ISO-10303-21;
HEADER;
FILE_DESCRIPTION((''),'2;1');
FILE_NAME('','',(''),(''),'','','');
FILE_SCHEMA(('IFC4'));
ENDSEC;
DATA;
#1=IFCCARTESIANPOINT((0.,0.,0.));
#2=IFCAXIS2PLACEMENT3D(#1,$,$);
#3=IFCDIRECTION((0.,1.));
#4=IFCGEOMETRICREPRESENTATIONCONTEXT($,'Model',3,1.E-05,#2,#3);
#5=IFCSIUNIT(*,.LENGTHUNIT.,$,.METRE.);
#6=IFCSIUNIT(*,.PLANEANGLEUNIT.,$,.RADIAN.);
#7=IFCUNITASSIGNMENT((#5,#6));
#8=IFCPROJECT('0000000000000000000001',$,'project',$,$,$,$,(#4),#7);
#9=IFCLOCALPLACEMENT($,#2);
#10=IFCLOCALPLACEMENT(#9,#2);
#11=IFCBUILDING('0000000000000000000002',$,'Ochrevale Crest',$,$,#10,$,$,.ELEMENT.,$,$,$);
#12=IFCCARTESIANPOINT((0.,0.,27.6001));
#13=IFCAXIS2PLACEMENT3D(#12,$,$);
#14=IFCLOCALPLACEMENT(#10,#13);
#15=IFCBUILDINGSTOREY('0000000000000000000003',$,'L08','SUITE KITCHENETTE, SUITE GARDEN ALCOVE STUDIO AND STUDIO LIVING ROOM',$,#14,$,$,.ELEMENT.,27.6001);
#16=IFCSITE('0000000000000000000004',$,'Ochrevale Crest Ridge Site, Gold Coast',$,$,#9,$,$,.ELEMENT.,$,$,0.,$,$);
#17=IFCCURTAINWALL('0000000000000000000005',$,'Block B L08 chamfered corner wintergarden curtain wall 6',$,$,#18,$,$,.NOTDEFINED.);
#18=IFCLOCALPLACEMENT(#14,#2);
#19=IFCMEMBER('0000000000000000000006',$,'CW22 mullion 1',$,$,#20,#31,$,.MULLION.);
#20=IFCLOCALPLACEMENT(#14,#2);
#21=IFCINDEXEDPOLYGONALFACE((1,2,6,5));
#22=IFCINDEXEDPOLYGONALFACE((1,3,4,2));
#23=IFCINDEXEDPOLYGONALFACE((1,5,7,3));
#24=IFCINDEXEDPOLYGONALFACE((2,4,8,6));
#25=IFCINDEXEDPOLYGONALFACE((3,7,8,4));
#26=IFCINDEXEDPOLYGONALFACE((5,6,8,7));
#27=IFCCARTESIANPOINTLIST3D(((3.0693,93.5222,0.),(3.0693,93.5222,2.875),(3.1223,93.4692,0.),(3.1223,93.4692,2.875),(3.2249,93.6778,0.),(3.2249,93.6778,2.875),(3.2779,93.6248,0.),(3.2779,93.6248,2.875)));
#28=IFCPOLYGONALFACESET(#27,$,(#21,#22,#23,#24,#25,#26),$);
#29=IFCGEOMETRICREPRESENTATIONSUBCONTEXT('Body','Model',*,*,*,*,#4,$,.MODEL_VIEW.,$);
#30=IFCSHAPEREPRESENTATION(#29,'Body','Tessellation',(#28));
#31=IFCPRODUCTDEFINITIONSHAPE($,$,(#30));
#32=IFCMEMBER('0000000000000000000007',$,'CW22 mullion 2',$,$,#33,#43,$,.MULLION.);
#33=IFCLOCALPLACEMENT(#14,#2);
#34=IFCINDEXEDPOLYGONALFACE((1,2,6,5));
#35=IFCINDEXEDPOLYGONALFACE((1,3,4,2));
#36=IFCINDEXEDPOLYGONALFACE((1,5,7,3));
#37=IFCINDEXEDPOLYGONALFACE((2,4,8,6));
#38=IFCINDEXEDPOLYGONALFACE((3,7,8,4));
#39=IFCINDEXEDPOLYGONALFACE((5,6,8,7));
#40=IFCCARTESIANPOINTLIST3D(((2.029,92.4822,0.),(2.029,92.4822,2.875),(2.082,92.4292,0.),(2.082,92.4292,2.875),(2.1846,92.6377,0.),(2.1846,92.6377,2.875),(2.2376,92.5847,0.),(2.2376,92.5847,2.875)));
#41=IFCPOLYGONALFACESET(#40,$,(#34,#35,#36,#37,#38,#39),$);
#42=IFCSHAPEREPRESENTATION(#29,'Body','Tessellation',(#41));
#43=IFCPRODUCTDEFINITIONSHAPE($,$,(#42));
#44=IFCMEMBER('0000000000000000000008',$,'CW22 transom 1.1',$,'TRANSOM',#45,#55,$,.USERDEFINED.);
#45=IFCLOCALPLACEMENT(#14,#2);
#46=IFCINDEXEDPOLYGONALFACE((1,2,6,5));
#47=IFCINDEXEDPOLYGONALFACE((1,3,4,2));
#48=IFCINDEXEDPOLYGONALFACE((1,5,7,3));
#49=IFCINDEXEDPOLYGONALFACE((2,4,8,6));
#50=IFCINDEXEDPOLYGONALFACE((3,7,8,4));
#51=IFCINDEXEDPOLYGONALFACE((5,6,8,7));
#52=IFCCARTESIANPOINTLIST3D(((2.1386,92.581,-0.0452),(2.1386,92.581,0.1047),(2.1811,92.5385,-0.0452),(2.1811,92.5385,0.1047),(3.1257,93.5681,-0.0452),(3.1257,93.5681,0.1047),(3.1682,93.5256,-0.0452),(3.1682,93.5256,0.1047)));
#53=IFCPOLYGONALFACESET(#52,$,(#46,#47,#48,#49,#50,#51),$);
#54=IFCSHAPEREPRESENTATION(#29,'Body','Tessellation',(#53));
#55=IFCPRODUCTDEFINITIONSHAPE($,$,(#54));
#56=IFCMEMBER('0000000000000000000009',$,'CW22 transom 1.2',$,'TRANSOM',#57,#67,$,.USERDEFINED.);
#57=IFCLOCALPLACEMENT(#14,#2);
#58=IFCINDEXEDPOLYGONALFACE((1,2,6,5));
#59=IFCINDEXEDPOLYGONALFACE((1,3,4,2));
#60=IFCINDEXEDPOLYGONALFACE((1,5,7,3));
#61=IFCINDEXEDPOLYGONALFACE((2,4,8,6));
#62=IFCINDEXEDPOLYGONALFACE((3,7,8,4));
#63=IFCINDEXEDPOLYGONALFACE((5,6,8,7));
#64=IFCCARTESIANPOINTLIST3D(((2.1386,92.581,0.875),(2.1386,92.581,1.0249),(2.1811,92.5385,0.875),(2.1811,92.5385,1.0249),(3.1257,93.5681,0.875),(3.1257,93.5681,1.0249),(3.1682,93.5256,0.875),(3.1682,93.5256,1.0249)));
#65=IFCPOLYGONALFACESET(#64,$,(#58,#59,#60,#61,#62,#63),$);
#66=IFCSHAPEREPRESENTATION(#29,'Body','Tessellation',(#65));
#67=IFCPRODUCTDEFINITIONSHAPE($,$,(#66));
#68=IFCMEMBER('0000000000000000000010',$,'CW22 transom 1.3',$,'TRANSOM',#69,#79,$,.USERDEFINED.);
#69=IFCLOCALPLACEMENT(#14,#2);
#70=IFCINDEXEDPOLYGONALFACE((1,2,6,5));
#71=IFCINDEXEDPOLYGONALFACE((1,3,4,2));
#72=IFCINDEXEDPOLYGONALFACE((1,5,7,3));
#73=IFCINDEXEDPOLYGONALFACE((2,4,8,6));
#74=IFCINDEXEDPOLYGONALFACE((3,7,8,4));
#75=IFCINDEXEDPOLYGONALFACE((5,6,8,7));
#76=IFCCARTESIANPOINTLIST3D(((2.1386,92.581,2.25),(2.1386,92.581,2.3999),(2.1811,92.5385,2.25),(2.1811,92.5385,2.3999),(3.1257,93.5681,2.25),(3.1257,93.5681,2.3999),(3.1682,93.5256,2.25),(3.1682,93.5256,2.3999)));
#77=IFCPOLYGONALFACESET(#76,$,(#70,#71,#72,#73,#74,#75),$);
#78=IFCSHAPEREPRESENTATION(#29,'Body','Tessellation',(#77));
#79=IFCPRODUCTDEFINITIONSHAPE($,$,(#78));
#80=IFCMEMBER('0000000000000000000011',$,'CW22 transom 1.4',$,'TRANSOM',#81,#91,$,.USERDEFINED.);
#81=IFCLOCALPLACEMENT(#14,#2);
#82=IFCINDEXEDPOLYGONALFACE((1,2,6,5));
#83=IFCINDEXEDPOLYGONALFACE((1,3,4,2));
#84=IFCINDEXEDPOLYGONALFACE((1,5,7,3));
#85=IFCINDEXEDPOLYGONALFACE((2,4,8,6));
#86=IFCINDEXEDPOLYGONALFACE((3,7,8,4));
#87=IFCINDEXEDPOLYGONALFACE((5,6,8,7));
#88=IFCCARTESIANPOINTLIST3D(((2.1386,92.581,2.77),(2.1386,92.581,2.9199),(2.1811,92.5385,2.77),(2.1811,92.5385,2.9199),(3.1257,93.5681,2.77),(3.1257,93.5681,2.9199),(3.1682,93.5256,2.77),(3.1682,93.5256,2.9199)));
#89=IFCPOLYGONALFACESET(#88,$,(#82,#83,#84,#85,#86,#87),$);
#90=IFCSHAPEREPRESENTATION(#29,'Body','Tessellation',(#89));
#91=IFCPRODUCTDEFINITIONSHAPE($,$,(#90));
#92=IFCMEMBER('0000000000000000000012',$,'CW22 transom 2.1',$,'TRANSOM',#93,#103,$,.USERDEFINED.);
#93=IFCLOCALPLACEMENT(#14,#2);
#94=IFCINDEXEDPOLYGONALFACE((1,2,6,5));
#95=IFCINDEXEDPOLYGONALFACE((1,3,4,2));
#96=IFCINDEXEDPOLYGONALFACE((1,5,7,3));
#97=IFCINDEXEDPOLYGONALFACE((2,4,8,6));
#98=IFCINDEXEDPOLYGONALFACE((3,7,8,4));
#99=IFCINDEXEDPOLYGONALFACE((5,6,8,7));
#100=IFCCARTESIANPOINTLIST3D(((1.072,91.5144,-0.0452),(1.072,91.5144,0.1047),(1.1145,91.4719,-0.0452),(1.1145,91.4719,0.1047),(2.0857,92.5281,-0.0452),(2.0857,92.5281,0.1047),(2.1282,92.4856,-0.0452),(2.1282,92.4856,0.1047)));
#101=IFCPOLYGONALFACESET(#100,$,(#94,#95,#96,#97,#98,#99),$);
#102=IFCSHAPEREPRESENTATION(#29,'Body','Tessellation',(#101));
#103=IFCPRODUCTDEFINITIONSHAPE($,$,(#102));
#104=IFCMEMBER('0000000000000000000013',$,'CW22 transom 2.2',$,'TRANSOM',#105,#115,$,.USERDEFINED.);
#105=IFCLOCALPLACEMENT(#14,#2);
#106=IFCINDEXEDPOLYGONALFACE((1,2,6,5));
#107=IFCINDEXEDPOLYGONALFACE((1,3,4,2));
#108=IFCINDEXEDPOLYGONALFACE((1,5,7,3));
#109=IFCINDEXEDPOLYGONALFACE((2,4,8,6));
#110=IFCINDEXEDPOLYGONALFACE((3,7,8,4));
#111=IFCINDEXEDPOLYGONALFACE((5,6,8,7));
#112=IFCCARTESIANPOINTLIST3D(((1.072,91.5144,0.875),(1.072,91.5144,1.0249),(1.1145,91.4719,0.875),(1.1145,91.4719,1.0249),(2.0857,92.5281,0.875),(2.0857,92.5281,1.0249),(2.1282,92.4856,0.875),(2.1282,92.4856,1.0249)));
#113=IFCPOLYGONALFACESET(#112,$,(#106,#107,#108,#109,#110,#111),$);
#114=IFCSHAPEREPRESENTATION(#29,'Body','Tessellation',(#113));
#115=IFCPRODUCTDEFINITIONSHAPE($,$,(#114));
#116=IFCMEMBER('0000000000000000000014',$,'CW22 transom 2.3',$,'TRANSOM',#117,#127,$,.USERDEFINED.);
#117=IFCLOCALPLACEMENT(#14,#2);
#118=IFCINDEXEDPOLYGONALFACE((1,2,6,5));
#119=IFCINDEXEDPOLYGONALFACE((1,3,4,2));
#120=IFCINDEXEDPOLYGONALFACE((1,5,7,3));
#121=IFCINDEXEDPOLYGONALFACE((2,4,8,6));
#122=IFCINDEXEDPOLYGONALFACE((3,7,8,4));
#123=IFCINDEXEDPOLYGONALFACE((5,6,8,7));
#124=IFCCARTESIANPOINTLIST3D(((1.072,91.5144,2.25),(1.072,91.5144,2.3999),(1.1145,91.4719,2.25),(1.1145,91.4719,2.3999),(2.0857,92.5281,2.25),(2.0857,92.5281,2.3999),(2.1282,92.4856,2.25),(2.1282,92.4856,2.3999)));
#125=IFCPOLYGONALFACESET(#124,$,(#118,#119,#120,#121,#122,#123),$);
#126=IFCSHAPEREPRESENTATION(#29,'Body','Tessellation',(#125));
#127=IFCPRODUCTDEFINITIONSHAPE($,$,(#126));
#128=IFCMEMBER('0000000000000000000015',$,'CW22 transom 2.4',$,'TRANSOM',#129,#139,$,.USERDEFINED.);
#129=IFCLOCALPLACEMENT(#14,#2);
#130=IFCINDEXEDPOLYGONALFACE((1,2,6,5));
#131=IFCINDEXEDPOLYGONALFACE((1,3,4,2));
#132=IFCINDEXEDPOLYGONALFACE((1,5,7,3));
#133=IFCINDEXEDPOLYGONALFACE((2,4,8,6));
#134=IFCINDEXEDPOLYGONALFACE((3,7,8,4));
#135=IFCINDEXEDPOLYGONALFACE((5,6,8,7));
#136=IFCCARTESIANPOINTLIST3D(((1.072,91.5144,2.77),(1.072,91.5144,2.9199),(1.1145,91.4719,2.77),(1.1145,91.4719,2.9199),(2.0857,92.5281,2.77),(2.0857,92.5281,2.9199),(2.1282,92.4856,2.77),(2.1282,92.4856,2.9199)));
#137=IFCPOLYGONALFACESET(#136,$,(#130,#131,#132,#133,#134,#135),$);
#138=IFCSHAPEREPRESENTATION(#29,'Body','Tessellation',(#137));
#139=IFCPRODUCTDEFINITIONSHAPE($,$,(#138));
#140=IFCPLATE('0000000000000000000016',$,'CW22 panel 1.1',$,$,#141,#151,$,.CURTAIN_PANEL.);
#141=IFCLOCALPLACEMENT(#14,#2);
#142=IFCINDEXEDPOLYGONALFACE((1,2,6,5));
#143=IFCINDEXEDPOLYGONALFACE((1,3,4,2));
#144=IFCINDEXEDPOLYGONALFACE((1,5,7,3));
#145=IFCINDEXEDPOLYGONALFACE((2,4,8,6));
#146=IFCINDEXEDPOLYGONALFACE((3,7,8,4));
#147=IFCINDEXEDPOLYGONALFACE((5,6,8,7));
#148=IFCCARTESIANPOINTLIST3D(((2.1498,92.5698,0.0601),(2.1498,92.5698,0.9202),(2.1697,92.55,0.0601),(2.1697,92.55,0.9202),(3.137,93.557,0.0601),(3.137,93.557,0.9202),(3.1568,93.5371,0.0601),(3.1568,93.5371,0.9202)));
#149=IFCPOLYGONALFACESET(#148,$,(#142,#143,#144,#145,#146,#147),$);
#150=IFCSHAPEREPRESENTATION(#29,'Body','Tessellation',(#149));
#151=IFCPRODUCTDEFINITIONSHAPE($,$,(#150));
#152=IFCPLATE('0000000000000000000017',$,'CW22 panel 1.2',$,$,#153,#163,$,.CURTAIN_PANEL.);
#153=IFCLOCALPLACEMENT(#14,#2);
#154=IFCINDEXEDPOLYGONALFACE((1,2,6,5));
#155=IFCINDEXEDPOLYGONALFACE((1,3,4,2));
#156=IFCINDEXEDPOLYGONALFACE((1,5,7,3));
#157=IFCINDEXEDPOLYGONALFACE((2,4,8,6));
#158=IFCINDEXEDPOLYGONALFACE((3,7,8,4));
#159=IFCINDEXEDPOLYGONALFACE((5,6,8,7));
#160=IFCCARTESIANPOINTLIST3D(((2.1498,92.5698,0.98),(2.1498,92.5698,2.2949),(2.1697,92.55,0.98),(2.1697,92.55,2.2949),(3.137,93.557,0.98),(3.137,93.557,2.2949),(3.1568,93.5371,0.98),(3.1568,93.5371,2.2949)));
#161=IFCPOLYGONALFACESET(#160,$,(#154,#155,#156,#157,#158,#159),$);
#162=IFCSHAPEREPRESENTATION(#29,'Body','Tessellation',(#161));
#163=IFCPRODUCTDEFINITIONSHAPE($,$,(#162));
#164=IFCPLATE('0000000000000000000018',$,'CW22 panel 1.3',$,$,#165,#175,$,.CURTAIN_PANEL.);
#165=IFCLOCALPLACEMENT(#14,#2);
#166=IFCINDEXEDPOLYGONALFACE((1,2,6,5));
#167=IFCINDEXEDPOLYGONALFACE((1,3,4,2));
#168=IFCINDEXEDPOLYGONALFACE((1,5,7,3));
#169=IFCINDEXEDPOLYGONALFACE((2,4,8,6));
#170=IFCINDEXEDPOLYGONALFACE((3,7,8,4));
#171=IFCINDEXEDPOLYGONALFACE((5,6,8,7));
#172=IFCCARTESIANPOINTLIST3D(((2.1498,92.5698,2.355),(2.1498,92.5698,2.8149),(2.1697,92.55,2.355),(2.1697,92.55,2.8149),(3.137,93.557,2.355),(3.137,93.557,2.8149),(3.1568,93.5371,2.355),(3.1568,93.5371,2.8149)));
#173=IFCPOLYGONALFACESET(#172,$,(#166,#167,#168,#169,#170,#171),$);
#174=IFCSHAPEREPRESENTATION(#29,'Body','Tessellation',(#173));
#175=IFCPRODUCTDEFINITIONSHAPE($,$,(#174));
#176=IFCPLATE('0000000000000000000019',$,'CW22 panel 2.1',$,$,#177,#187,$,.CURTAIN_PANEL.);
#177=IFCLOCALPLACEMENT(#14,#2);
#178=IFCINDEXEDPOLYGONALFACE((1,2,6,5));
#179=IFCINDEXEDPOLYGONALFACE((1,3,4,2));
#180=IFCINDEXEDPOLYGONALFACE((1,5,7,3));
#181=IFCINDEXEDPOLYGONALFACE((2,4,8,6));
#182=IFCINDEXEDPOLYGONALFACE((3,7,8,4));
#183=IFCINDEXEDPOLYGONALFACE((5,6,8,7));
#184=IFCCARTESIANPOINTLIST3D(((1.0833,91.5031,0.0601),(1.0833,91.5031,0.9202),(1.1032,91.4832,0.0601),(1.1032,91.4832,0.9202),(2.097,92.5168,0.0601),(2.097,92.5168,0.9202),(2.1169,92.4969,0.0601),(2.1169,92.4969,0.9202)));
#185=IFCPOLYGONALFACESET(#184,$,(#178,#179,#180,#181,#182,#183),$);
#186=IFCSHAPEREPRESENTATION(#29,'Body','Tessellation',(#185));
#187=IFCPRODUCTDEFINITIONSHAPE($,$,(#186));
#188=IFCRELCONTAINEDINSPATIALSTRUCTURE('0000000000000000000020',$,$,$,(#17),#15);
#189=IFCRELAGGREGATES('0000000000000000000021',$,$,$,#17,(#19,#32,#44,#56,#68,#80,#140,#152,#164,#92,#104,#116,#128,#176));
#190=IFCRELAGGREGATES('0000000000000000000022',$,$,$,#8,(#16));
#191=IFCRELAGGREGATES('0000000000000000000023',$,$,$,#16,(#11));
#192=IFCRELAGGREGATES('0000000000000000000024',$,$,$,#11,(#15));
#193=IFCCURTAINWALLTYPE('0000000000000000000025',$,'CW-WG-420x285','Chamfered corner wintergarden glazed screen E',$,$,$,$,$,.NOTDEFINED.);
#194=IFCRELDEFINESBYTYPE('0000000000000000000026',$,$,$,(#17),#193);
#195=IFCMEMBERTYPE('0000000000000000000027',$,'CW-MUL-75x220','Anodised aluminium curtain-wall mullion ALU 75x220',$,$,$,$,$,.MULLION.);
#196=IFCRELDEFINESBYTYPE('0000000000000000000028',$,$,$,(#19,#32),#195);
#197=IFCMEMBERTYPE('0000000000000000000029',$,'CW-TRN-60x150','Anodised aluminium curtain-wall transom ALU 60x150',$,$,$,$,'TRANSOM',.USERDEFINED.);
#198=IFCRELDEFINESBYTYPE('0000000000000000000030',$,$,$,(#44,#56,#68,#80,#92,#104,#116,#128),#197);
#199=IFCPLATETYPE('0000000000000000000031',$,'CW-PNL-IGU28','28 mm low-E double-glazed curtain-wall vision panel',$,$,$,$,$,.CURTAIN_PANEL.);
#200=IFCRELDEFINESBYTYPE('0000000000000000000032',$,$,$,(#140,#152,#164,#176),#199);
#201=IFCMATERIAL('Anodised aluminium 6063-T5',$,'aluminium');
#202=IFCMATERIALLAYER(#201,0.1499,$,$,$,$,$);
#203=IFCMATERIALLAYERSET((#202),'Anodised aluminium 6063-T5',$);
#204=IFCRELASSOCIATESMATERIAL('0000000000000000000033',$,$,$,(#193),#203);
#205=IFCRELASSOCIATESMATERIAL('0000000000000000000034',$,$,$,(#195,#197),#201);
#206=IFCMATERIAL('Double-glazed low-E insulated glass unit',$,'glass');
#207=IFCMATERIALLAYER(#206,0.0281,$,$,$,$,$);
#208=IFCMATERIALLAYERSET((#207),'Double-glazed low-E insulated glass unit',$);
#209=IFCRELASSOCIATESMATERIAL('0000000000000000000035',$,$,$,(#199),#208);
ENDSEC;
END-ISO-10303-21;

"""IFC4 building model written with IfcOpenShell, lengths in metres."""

from ifc_helpers import new_model, si_unit, direction, frame, origin, origin_2d, place, context, subcontext, project, spatial, rectangle, extrude, material, layer, layer_set, material_profile, profile_set, type_object, element, aggregate, save


model = new_model("IFC4")

# Units and contexts
model_context = context("Model", 3, precision=1e-05, world=origin(), true_north=direction((0.0, 1.0)))
body_context = subcontext(model_context, "Body", "Model", "MODEL_VIEW")
ifc_project = project(units=[si_unit("LENGTHUNIT", "METRE"), si_unit("PLANEANGLEUNIT", "RADIAN")], contexts=[model_context])

# Site, building, storey
site_placement = place(None, origin())
site = spatial("IfcSite", under=ifc_project, at=site_placement, Name="Ochrevale Crest Ridge Site, Gold Coast", CompositionType="ELEMENT", RefElevation=0.0)
building_placement = place(site_placement, origin())
building = spatial("IfcBuilding", under=site, at=building_placement, Name="Ochrevale Crest", CompositionType="ELEMENT")
storey_placement = place(building_placement, frame((0.0, 0.0, 27.6001)))
storey = spatial("IfcBuildingStorey", under=building, at=storey_placement, Name="L08", Description="SUITE KITCHENETTE, SUITE GARDEN ALCOVE STUDIO AND STUDIO LIVING ROOM", CompositionType="ELEMENT", Elevation=27.6001)

# Curtain wall, members, plates
ifc_material_1 = material(Name="Anodised aluminium 6063-T5", Category="aluminium")
ifc_layer_1 = layer(ifc_material_1, 0.1499)
ifc_layer_set_1 = layer_set([ifc_layer_1], Name="Anodised aluminium 6063-T5")
curtain_wall_type = type_object("IfcCurtainWallType", Name="CW-WG-420x285", Description="Chamfered corner wintergarden glazed screen E", PredefinedType="NOTDEFINED", material=ifc_layer_set_1)
curtain_wall_placement = place(storey_placement, origin())
curtain_wall = element("IfcCurtainWall", 1, at=curtain_wall_placement, inside=storey, type_object=curtain_wall_type, Name="Block B L08 chamfered corner wintergarden curtain wall 6", PredefinedType="NOTDEFINED")
ifc_material_profile_1 = material_profile(ifc_material_1, rectangle(XDim=0.075, YDim=0.22, at=origin_2d()), Name="ALU 75x220")
ifc_profile_set_1 = profile_set([ifc_material_profile_1], Name="Anodised aluminium 6063-T5")
member_type_1 = type_object("IfcMemberType", Name="CW-MUL-75x220", Description="Anodised aluminium curtain-wall mullion ALU 75x220", PredefinedType="MULLION", material=ifc_profile_set_1)
member_1_placement = place(storey_placement, frame((3.1736, 93.5735, 0.0), z_axis=(0.0, 0.0, 1.0), x_axis=(0.707107, -0.707107, 0.0)))
member_1 = element("IfcMember", 2, at=member_1_placement, type_object=member_type_1, Name="CW22 mullion 1", PredefinedType="MULLION", context=body_context, shape_type="SweptSolid", body=[
    extrude(rectangle(XDim=0.075, YDim=0.22, at=origin_2d()), origin(), (0.0, 0.0, 1.0), 2.875),
])
member_2_placement = place(storey_placement, frame((2.1333, 92.5334, 0.0), z_axis=(0.0, 0.0, 1.0), x_axis=(0.707107, -0.707107, 0.0)))
member_2 = element("IfcMember", 3, at=member_2_placement, type_object=member_type_1, Name="CW22 mullion 2", PredefinedType="MULLION", context=body_context, shape_type="SweptSolid", body=[
    extrude(rectangle(XDim=0.075, YDim=0.22, at=origin_2d()), origin(), (0.0, 0.0, 1.0), 2.875),
])
ifc_material_profile_2 = material_profile(ifc_material_1, rectangle(XDim=0.0601, YDim=0.1499, at=origin_2d()), Name="ALU 60x150")
ifc_profile_set_2 = profile_set([ifc_material_profile_2], Name="Anodised aluminium 6063-T5")
member_type_2 = type_object("IfcMemberType", Name="CW-TRN-60x150", Description="Anodised aluminium curtain-wall transom ALU 60x150", ElementType="TRANSOM", PredefinedType="USERDEFINED", material=ifc_profile_set_2)
member_3_placement = place(storey_placement, frame((3.147, 93.5469, 0.0298), z_axis=(-0.707107, -0.707107, 0.0), x_axis=(0.707107, -0.707107, 0.0)))
member_3 = element("IfcMember", 4, at=member_3_placement, type_object=member_type_2, Name="CW22 transom 1.1", ObjectType="TRANSOM", PredefinedType="USERDEFINED", context=body_context, shape_type="SweptSolid", body=[
    extrude(rectangle(XDim=0.0601, YDim=0.1499, at=origin_2d()), origin(), (0.0, 0.0, 1.0), 1.396),
])
member_4_placement = place(storey_placement, frame((3.147, 93.5469, 0.95), z_axis=(-0.707107, -0.707107, 0.0), x_axis=(0.707107, -0.707107, 0.0)))
member_4 = element("IfcMember", 5, at=member_4_placement, type_object=member_type_2, Name="CW22 transom 1.2", ObjectType="TRANSOM", PredefinedType="USERDEFINED", context=body_context, shape_type="SweptSolid", body=[
    extrude(rectangle(XDim=0.0601, YDim=0.1499, at=origin_2d()), origin(), (0.0, 0.0, 1.0), 1.396),
])
member_5_placement = place(storey_placement, frame((3.147, 93.5469, 2.325), z_axis=(-0.707107, -0.707107, 0.0), x_axis=(0.707107, -0.707107, 0.0)))
member_5 = element("IfcMember", 6, at=member_5_placement, type_object=member_type_2, Name="CW22 transom 1.3", ObjectType="TRANSOM", PredefinedType="USERDEFINED", context=body_context, shape_type="SweptSolid", body=[
    extrude(rectangle(XDim=0.0601, YDim=0.1499, at=origin_2d()), origin(), (0.0, 0.0, 1.0), 1.396),
])
member_6_placement = place(storey_placement, frame((3.147, 93.5469, 2.845), z_axis=(-0.707107, -0.707107, 0.0), x_axis=(0.707107, -0.707107, 0.0)))
member_6 = element("IfcMember", 7, at=member_6_placement, type_object=member_type_2, Name="CW22 transom 1.4", ObjectType="TRANSOM", PredefinedType="USERDEFINED", context=body_context, shape_type="SweptSolid", body=[
    extrude(rectangle(XDim=0.0601, YDim=0.1499, at=origin_2d()), origin(), (0.0, 0.0, 1.0), 1.396),
])
member_7_placement = place(storey_placement, frame((2.1069, 92.5068, 0.0298), z_axis=(-0.707107, -0.707107, 0.0), x_axis=(0.707107, -0.707107, 0.0)))
member_7 = element("IfcMember", 8, at=member_7_placement, type_object=member_type_2, Name="CW22 transom 2.1", ObjectType="TRANSOM", PredefinedType="USERDEFINED", context=body_context, shape_type="SweptSolid", body=[
    extrude(rectangle(XDim=0.0601, YDim=0.1499, at=origin_2d()), origin(), (0.0, 0.0, 1.0), 1.4336),
])
member_8_placement = place(storey_placement, frame((2.1069, 92.5068, 0.95), z_axis=(-0.707107, -0.707107, 0.0), x_axis=(0.707107, -0.707107, 0.0)))
member_8 = element("IfcMember", 9, at=member_8_placement, type_object=member_type_2, Name="CW22 transom 2.2", ObjectType="TRANSOM", PredefinedType="USERDEFINED", context=body_context, shape_type="SweptSolid", body=[
    extrude(rectangle(XDim=0.0601, YDim=0.1499, at=origin_2d()), origin(), (0.0, 0.0, 1.0), 1.4336),
])
member_9_placement = place(storey_placement, frame((2.1069, 92.5068, 2.325), z_axis=(-0.707107, -0.707107, 0.0), x_axis=(0.707107, -0.707107, 0.0)))
member_9 = element("IfcMember", 10, at=member_9_placement, type_object=member_type_2, Name="CW22 transom 2.3", ObjectType="TRANSOM", PredefinedType="USERDEFINED", context=body_context, shape_type="SweptSolid", body=[
    extrude(rectangle(XDim=0.0601, YDim=0.1499, at=origin_2d()), origin(), (0.0, 0.0, 1.0), 1.4336),
])
member_10_placement = place(storey_placement, frame((2.1069, 92.5068, 2.845), z_axis=(-0.707107, -0.707107, 0.0), x_axis=(0.707107, -0.707107, 0.0)))
member_10 = element("IfcMember", 11, at=member_10_placement, type_object=member_type_2, Name="CW22 transom 2.4", ObjectType="TRANSOM", PredefinedType="USERDEFINED", context=body_context, shape_type="SweptSolid", body=[
    extrude(rectangle(XDim=0.0601, YDim=0.1499, at=origin_2d()), origin(), (0.0, 0.0, 1.0), 1.4336),
])
ifc_material_2 = material(Name="Double-glazed low-E insulated glass unit", Category="glass")
ifc_layer_2 = layer(ifc_material_2, 0.0281)
ifc_layer_set_2 = layer_set([ifc_layer_2], Name="Double-glazed low-E insulated glass unit")
plate_type = type_object("IfcPlateType", Name="CW-PNL-IGU28", Description="28 mm low-E double-glazed curtain-wall vision panel", PredefinedType="CURTAIN_PANEL", material=ifc_layer_set_2)
plate_1_placement = place(storey_placement, frame((2.6533, 93.0535, 0.0601), z_axis=(0.0, 0.0, 1.0), x_axis=(-0.707107, -0.707107, 0.0)))
plate_1 = element("IfcPlate", 12, at=plate_1_placement, type_object=plate_type, Name="CW22 panel 1.1", PredefinedType="CURTAIN_PANEL", context=body_context, shape_type="SweptSolid", body=[
    extrude(rectangle(XDim=1.396, YDim=0.0281, at=origin_2d()), origin(), (0.0, 0.0, 1.0), 0.8601),
])
plate_2_placement = place(storey_placement, frame((2.6533, 93.0535, 0.98), z_axis=(0.0, 0.0, 1.0), x_axis=(-0.707107, -0.707107, 0.0)))
plate_2 = element("IfcPlate", 13, at=plate_2_placement, type_object=plate_type, Name="CW22 panel 1.2", PredefinedType="CURTAIN_PANEL", context=body_context, shape_type="SweptSolid", body=[
    extrude(rectangle(XDim=1.396, YDim=0.0281, at=origin_2d()), origin(), (0.0, 0.0, 1.0), 1.3149),
])
plate_3_placement = place(storey_placement, frame((2.6533, 93.0535, 2.355), z_axis=(0.0, 0.0, 1.0), x_axis=(-0.707107, -0.707107, 0.0)))
plate_3 = element("IfcPlate", 14, at=plate_3_placement, type_object=plate_type, Name="CW22 panel 1.3", PredefinedType="CURTAIN_PANEL", context=body_context, shape_type="SweptSolid", body=[
    extrude(rectangle(XDim=1.396, YDim=0.0281, at=origin_2d()), origin(), (0.0, 0.0, 1.0), 0.46),
])
plate_4_placement = place(storey_placement, frame((1.6001, 92.0, 0.0601), z_axis=(0.0, 0.0, 1.0), x_axis=(-0.707107, -0.707107, 0.0)))
plate_4 = element("IfcPlate", 15, at=plate_4_placement, type_object=plate_type, Name="CW22 panel 2.1", PredefinedType="CURTAIN_PANEL", context=body_context, shape_type="SweptSolid", body=[
    extrude(rectangle(XDim=1.4336, YDim=0.0281, at=origin_2d()), origin(), (0.0, 0.0, 1.0), 0.8601),
])
aggregate(curtain_wall, [member_1, member_2, member_3, member_4, member_5, member_6, plate_1, plate_2, plate_3, member_7, member_8, member_9, member_10, plate_4])

save(model, "model.ifc")
